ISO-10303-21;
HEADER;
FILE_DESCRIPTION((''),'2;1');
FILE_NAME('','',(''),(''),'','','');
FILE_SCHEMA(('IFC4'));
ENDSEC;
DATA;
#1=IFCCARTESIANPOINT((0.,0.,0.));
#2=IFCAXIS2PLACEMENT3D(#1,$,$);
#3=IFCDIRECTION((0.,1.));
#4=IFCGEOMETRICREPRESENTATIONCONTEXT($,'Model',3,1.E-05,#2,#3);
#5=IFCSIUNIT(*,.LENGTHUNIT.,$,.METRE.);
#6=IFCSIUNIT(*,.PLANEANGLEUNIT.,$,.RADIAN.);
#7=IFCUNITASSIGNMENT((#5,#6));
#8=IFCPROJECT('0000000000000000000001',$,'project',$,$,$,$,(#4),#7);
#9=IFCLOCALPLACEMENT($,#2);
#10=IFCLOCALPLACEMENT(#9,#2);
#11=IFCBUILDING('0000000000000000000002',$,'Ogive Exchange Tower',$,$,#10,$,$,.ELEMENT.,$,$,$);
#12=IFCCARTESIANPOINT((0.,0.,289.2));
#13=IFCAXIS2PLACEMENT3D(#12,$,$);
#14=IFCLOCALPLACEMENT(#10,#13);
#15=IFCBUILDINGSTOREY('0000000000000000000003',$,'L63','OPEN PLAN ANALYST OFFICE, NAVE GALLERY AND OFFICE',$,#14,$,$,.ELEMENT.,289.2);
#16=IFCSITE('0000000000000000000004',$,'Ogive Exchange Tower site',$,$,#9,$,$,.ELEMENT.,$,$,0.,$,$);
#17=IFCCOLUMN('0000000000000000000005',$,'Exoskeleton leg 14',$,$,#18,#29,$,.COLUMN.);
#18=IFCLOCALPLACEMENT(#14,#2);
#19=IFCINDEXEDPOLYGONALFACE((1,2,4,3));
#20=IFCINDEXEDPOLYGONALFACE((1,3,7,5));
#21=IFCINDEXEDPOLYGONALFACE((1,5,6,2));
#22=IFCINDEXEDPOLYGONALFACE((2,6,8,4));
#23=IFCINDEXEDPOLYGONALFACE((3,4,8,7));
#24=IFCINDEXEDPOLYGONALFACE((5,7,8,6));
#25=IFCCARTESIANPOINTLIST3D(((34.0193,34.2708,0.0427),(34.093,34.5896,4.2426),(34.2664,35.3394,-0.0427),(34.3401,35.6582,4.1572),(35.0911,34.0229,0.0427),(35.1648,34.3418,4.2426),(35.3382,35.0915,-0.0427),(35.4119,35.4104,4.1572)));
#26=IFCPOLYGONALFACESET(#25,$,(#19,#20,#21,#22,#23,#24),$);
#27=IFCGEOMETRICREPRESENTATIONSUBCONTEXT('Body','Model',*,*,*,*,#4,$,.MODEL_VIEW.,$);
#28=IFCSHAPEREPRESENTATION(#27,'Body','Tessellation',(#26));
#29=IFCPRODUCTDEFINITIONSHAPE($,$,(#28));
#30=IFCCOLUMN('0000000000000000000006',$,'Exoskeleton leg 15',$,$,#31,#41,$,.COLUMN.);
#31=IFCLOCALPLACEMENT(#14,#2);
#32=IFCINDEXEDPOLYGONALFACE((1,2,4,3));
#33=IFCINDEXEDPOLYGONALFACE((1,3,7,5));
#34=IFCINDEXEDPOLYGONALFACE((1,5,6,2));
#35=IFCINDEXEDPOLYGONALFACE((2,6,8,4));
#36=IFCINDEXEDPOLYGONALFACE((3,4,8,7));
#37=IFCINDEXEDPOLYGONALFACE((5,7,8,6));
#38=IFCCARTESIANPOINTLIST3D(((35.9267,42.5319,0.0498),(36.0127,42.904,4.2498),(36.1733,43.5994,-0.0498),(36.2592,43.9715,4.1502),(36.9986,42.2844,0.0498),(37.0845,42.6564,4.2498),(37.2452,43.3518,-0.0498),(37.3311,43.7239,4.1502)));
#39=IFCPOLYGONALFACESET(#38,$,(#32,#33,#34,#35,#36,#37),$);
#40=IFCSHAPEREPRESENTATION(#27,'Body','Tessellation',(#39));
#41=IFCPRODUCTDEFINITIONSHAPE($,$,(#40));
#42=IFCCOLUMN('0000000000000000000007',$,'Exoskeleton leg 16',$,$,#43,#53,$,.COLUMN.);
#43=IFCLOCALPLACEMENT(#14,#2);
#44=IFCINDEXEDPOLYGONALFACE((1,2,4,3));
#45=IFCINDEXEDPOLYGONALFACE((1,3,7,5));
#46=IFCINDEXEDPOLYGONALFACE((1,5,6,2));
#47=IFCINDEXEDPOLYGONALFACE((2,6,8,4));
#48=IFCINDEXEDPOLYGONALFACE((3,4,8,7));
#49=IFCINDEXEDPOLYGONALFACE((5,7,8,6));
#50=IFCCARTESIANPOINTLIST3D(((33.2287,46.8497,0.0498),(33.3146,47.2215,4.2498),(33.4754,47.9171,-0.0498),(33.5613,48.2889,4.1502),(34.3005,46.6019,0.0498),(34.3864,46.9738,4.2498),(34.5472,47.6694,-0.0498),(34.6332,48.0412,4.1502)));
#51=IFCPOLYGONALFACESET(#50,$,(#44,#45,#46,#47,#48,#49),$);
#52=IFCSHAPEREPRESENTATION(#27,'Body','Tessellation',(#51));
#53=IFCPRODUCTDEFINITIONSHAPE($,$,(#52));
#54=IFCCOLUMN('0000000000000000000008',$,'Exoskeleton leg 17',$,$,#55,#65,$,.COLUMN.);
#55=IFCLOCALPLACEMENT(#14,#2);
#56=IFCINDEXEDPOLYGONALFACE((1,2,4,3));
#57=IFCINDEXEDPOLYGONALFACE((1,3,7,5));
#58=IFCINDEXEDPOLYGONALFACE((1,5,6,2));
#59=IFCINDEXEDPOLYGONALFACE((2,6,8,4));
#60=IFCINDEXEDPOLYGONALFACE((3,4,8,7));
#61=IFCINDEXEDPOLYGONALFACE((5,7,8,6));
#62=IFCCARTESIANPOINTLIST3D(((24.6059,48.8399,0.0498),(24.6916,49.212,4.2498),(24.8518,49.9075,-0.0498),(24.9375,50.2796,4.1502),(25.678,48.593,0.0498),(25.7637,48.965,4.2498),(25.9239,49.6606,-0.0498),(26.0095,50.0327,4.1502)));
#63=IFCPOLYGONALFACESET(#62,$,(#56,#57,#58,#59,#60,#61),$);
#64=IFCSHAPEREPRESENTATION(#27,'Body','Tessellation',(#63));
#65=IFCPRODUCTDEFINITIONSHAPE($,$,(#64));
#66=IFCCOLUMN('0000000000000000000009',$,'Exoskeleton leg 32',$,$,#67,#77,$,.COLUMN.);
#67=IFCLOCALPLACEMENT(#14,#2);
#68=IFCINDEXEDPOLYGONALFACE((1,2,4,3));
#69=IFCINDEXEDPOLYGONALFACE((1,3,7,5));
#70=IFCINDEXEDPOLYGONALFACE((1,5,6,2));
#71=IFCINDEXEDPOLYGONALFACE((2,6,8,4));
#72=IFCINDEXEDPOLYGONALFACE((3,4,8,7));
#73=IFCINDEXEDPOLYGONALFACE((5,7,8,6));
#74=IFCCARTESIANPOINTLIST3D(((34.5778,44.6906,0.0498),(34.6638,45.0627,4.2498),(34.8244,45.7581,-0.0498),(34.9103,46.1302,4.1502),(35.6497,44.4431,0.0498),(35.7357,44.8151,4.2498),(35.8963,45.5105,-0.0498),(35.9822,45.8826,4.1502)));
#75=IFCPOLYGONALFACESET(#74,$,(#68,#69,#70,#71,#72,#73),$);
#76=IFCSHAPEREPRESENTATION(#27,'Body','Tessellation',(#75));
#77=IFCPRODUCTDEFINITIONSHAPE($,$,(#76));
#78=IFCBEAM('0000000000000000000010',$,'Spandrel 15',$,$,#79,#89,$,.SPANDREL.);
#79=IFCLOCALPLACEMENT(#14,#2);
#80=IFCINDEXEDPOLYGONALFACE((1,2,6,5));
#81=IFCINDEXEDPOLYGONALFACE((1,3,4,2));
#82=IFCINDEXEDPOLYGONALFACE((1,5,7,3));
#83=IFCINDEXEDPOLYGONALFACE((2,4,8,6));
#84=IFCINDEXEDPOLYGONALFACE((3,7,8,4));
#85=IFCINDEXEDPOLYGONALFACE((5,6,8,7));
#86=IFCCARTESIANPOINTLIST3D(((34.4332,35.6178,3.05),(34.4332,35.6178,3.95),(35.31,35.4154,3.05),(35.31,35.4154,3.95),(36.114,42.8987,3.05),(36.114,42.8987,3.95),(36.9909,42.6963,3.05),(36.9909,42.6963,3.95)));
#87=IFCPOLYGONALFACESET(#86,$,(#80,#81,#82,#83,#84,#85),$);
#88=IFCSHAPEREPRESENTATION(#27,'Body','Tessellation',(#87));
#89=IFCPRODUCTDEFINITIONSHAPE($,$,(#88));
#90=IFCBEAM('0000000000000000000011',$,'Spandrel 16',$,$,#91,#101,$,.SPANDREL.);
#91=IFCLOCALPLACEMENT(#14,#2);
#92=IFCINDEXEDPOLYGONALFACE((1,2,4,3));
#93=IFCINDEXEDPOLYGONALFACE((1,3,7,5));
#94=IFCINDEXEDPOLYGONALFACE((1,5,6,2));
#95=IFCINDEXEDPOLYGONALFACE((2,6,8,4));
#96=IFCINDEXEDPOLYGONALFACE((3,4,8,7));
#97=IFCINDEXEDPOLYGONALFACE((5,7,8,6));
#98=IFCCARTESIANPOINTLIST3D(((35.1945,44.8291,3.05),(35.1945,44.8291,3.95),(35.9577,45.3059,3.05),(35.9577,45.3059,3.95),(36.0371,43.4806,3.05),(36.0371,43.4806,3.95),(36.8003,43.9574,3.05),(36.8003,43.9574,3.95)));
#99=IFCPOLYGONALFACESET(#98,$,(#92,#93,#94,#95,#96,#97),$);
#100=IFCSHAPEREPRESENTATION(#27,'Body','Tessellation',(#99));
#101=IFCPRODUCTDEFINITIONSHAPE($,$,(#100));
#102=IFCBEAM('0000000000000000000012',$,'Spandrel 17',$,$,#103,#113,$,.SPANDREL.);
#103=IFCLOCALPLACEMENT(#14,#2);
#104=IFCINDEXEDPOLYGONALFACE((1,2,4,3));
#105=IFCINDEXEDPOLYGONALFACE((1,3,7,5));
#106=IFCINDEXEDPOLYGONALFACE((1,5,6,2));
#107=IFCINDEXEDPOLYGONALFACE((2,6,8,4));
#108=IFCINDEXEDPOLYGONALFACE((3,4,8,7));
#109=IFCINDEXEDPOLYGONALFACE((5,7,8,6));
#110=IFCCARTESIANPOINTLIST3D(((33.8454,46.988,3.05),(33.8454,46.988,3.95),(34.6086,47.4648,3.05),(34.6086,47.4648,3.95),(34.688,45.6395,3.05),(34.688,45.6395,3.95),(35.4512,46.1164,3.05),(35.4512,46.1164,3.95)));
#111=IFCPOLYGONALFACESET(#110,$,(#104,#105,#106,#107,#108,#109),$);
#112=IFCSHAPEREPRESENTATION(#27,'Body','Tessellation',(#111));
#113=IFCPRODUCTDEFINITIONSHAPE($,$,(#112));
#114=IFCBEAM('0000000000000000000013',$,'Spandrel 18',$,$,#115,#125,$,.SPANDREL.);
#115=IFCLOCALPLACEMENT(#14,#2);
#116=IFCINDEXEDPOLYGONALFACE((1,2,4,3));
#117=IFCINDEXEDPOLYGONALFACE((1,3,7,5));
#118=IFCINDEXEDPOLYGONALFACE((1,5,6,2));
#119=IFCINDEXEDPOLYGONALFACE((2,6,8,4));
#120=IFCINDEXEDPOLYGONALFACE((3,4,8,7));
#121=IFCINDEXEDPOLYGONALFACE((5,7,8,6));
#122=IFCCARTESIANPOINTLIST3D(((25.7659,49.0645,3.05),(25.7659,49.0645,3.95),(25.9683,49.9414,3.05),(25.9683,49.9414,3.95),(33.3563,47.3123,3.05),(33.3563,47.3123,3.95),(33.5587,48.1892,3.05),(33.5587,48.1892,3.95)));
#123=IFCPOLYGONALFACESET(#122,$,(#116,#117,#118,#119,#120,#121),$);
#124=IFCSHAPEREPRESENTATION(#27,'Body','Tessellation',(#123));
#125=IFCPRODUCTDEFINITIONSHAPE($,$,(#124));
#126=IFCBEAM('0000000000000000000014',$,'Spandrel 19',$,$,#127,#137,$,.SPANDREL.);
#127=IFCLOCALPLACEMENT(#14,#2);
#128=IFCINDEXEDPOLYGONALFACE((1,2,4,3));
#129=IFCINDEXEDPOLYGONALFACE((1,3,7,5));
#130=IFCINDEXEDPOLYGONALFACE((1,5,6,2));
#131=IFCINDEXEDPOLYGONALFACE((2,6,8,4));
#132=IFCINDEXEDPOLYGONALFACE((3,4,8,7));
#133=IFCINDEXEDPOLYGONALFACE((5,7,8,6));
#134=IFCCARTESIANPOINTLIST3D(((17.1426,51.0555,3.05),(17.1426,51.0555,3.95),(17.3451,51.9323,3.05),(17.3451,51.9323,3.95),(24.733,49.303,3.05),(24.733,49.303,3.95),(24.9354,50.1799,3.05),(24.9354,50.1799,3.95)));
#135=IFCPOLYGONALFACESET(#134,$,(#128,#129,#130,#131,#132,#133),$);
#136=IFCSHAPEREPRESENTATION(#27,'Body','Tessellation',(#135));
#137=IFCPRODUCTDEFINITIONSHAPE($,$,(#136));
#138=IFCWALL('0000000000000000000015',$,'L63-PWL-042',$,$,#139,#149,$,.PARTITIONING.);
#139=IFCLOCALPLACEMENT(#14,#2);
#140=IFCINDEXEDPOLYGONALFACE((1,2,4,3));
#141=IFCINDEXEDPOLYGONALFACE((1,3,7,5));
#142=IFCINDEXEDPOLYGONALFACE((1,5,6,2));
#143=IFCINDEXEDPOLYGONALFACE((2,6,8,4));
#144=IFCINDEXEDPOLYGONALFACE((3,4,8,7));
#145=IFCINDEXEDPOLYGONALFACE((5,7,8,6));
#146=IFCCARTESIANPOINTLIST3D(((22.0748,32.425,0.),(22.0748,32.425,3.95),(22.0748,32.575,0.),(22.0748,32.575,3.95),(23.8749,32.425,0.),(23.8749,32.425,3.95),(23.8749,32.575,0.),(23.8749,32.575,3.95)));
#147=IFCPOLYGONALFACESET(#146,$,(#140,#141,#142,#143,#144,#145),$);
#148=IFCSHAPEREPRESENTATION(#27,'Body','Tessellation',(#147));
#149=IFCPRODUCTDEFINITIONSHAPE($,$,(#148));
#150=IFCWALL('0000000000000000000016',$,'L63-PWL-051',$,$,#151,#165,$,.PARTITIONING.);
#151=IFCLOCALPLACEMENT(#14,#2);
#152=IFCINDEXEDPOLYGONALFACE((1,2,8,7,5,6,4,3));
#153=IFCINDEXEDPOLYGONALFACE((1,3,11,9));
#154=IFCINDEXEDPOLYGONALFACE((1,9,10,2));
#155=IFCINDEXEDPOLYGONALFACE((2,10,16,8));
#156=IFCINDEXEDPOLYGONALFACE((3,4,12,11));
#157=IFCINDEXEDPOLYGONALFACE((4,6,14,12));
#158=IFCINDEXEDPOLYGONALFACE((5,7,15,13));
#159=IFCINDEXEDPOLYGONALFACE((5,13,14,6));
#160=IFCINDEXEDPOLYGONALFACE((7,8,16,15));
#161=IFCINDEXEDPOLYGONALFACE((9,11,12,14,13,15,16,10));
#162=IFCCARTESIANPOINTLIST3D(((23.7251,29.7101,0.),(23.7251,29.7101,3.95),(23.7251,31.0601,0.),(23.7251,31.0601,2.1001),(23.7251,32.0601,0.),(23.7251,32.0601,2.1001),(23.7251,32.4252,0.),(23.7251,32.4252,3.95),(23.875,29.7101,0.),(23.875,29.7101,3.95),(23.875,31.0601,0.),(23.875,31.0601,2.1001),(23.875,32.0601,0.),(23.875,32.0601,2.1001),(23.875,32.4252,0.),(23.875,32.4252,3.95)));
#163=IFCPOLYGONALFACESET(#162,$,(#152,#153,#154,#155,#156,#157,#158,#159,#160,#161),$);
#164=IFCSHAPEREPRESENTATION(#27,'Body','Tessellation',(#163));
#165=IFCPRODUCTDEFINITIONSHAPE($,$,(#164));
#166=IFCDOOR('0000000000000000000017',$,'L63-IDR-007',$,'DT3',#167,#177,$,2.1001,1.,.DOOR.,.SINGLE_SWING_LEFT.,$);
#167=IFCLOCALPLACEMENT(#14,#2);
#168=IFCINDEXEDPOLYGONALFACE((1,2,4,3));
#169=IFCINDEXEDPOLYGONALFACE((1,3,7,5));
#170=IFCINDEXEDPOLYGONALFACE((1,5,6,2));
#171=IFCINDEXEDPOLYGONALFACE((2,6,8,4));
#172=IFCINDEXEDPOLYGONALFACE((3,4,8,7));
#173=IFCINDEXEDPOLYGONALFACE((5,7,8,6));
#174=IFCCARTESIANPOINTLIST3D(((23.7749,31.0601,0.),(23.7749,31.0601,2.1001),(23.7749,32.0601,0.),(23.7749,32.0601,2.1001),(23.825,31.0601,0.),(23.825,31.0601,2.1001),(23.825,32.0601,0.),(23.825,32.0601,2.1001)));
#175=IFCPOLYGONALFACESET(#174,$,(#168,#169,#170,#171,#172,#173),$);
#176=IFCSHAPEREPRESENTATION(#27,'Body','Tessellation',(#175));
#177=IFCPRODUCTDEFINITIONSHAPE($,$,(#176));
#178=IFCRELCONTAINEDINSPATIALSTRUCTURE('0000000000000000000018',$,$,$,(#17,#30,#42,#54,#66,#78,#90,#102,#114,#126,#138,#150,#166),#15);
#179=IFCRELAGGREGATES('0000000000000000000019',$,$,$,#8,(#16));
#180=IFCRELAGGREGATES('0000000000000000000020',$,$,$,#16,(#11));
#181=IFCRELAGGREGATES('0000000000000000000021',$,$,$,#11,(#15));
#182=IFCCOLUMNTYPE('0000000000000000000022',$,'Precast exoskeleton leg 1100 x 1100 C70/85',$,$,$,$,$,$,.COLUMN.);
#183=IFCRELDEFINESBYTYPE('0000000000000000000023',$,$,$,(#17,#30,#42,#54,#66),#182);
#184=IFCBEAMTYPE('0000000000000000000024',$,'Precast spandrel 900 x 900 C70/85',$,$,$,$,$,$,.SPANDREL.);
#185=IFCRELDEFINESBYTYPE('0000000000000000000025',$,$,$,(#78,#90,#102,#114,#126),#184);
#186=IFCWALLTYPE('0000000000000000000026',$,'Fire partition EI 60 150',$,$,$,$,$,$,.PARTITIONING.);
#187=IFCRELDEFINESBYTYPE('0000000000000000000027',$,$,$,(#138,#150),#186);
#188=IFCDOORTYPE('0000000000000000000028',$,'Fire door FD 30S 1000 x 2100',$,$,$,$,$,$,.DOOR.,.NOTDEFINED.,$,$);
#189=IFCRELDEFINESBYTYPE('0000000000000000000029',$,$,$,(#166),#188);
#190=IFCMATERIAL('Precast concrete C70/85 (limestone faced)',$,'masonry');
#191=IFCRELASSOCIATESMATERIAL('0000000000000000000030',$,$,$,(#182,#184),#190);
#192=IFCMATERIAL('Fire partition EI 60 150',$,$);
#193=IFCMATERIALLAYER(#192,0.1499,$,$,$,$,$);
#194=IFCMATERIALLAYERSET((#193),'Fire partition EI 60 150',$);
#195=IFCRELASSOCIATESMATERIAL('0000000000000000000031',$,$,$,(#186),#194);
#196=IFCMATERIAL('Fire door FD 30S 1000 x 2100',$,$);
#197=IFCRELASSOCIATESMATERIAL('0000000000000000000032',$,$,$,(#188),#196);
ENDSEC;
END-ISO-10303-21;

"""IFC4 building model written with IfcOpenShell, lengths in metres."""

from ifc_helpers import new_model, si_unit, direction, frame, frame_2d, origin, origin_2d, place, context, subcontext, project, spatial, rectangle, extrude, material, layer, layer_set, material_profile, profile_set, type_object, element, fill, save


model = new_model("IFC4")

# Units and contexts
model_context = context("Model", 3, precision=1e-05, world=origin(), true_north=direction((0.0, 1.0)))
body_context = subcontext(model_context, "Body", "Model", "MODEL_VIEW")
ifc_project = project(units=[si_unit("LENGTHUNIT", "METRE"), si_unit("PLANEANGLEUNIT", "RADIAN")], contexts=[model_context])

# Site, building, storey
site_placement = place(None, origin())
site = spatial("IfcSite", under=ifc_project, at=site_placement, Name="Ogive Exchange Tower site", CompositionType="ELEMENT", RefElevation=0.0)
building_placement = place(site_placement, origin())
building = spatial("IfcBuilding", under=site, at=building_placement, Name="Ogive Exchange Tower", CompositionType="ELEMENT")
storey_placement = place(building_placement, frame((0.0, 0.0, 289.2)))
storey = spatial("IfcBuildingStorey", under=building, at=storey_placement, Name="L63", Description="OPEN PLAN ANALYST OFFICE, NAVE GALLERY AND OFFICE", CompositionType="ELEMENT", Elevation=289.2)

# Columns
ifc_material_1 = material(Name="Precast concrete C70/85 (limestone faced)", Category="masonry")
ifc_material_profile_1 = material_profile(ifc_material_1, rectangle(XDim=1.1001, YDim=1.1001, at=origin_2d()), Name="1100 x 1100")
ifc_profile_set_1 = profile_set([ifc_material_profile_1], Name="Precast concrete C70/85 (limestone faced)")
column_type = type_object("IfcColumnType", Name="Precast exoskeleton leg 1100 x 1100 C70/85", PredefinedType="COLUMN", material=ifc_profile_set_1)
column_placement = place(storey_placement, frame((34.6787, 34.6812, 0.0), z_axis=(0.017502, 0.075688, 0.996978), x_axis=(-0.974291, 0.225295, 0.0)))
element("IfcColumn", 1, at=column_placement, inside=storey, type_object=column_type, Name="Exoskeleton leg 14", PredefinedType="COLUMN", context=body_context, shape_type="SweptSolid", body=[
    extrude(rectangle(XDim=1.1001, YDim=1.1001, at=origin_2d()), origin(), (0.0, 0.0, 1.0), 4.2126),
])
for number, where, z_axis, x_axis, name in (
    (2, (36.5859, 42.9419, 0.0), (0.020377, 0.088225, 0.995892), (-0.974348, 0.225046, 0.0), "Exoskeleton leg 15"),
    (3, (33.8879, 47.2595, 0.0), (0.020378, 0.088168, 0.995897), (-0.974316, 0.225187, 0.0), "Exoskeleton leg 16"),
    (4, (25.2649, 49.2502, 0.0), (0.02032, 0.088225, 0.995893), (-0.974488, 0.224439, 0.0), "Exoskeleton leg 17"),
    (5, (35.2371, 45.1006, 0.0), (0.020377, 0.088225, 0.995892), (-0.974348, 0.225046, 0.0), "Exoskeleton leg 32"),
):
    element("IfcColumn", number, at=place(storey_placement, frame(where, z_axis=z_axis, x_axis=x_axis)), inside=storey, type_object=column_type, Name=name, PredefinedType="COLUMN", context=body_context, shape_type="SweptSolid", body=[
        extrude(rectangle(XDim=1.1001, YDim=1.1001, at=origin_2d()), origin(), (0.0, 0.0, 1.0), 4.2173),
    ])

# Beams
ifc_material_profile_2 = material_profile(ifc_material_1, rectangle(XDim=0.8999, YDim=0.8999, at=origin_2d()), Name="900 x 900")
ifc_profile_set_2 = profile_set([ifc_material_profile_2], Name="Precast concrete C70/85 (limestone faced)")
beam_type = type_object("IfcBeamType", Name="Precast spandrel 900 x 900 C70/85", PredefinedType="SPANDREL", material=ifc_profile_set_2)
beam_placement = place(storey_placement, frame((34.8716, 35.5166, 3.5), z_axis=(0.224945, 0.974371, 0.0), x_axis=(-0.974371, 0.224945, 0.0)))
element("IfcBeam", 6, at=beam_placement, inside=storey, type_object=beam_type, Name="Spandrel 15", PredefinedType="SPANDREL", context=body_context, shape_type="SweptSolid", body=[
    extrude(rectangle(XDim=0.8999, YDim=0.8999, at=origin_2d()), origin(), (0.0, 0.0, 1.0), 7.4724),
])
for number, where, z_axis, x_axis, name in (
    (7, (36.4187, 43.719, 3.5), (-0.529902, 0.848059, 0.0), (-0.848059, -0.529902, 0.0), "Spandrel 16"),
    (8, (35.0696, 45.8779, 3.5), (-0.529902, 0.848059, 0.0), (-0.848059, -0.529902, 0.0), "Spandrel 17"),
):
    element("IfcBeam", number, at=place(storey_placement, frame(where, z_axis=z_axis, x_axis=x_axis)), inside=storey, type_object=beam_type, Name=name, PredefinedType="SPANDREL", context=body_context, shape_type="SweptSolid", body=[
        extrude(rectangle(XDim=0.8999, YDim=0.8999, at=origin_2d()), origin(), (0.0, 0.0, 1.0), 1.5901),
    ])
for number, where, z_axis, x_axis, name in (
    (9, (33.4575, 47.7507, 3.5), (-0.974375, 0.22493, 0.0), (-0.22493, -0.974375, 0.0), "Spandrel 18"),
    (10, (24.8342, 49.7415, 3.5), (-0.974368, 0.22496, 0.0), (-0.22496, -0.974368, 0.0), "Spandrel 19"),
):
    element("IfcBeam", number, at=place(storey_placement, frame(where, z_axis=z_axis, x_axis=x_axis)), inside=storey, type_object=beam_type, Name=name, PredefinedType="SPANDREL", context=body_context, shape_type="SweptSolid", body=[
        extrude(rectangle(XDim=0.8999, YDim=0.8999, at=origin_2d()), origin(), (0.0, 0.0, 1.0), 7.79),
    ])

# Wall
ifc_material_2 = material(Name="Fire partition EI 60 150")
ifc_layer_1 = layer(ifc_material_2, 0.1499)
ifc_layer_set_1 = layer_set([ifc_layer_1], Name="Fire partition EI 60 150")
wall_type_1 = type_object("IfcWallType", Name="Fire partition EI 60 150", PredefinedType="PARTITIONING", material=ifc_layer_set_1)
wall_1_placement = place(storey_placement, frame((22.075, 32.5, 0.0), z_axis=(0.0, 0.0, 1.0), x_axis=(1.0, 0.0, 0.0)))
element("IfcWall", 11, at=wall_1_placement, inside=storey, type_object=wall_type_1, Name="L63-PWL-042", PredefinedType="PARTITIONING", context=body_context, shape_type="SweptSolid", body=[
    extrude(rectangle(XDim=1.8, YDim=0.1499, at=frame_2d((0.8999, 0.0))), origin(), (0.0, 0.0, 1.0), 3.95),
])

# Wall, opening, door
wall_2_placement = place(storey_placement, frame((23.8, 32.425, 0.0), z_axis=(0.0, 0.0, 1.0), x_axis=(0.0, -1.0, 0.0)))
wall_2 = element("IfcWall", 12, at=wall_2_placement, inside=storey, type_object=wall_type_1, Name="L63-PWL-051", PredefinedType="PARTITIONING", context=body_context, shape_type="SweptSolid", body=[
    extrude(rectangle(XDim=2.7151, YDim=0.1499, at=frame_2d((1.3574, 0.0))), origin(), (0.0, 0.0, 1.0), 3.95),
])
opening_1_placement = place(wall_2_placement, frame((0.365, 0.0, 0.0)))
opening_1 = element("IfcOpeningElement", 13, at=opening_1_placement, cuts=wall_2, PredefinedType="OPENING", context=body_context, shape_type="SweptSolid", body=[
    extrude(rectangle(XDim=1.0, YDim=2.1001, at=frame_2d((0.5, 1.05))), frame((0.0, 0.085, 0.0), z_axis=(0.0, -1.0, 0.0), x_axis=(1.0, 0.0, 0.0)), (0.0, 0.0, 1.0), 0.1699),
])
ifc_material_3 = material(Name="Fire door FD 30S 1000 x 2100")
door_type_1 = type_object("IfcDoorType", Name="Fire door FD 30S 1000 x 2100", OperationType="NOTDEFINED", PredefinedType="DOOR", material=ifc_material_3)
door_1_placement = place(opening_1_placement, origin())
door_1 = element("IfcDoor", 14, at=door_1_placement, inside=storey, type_object=door_type_1, Name="L63-IDR-007", ObjectType="DT3", OperationType="SINGLE_SWING_LEFT", OverallHeight=2.1001, OverallWidth=1.0, PredefinedType="DOOR", context=body_context, shape_type="SweptSolid", body=[
    extrude(rectangle(XDim=1.0, YDim=2.1001, at=frame_2d((0.5, 1.05))), frame((0.0, 0.0249, 0.0), z_axis=(0.0, -1.0, 0.0), x_axis=(1.0, 0.0, 0.0)), (0.0, 0.0, 1.0), 0.05),
])
fill(opening_1, door_1)

save(model, "model.ifc")
